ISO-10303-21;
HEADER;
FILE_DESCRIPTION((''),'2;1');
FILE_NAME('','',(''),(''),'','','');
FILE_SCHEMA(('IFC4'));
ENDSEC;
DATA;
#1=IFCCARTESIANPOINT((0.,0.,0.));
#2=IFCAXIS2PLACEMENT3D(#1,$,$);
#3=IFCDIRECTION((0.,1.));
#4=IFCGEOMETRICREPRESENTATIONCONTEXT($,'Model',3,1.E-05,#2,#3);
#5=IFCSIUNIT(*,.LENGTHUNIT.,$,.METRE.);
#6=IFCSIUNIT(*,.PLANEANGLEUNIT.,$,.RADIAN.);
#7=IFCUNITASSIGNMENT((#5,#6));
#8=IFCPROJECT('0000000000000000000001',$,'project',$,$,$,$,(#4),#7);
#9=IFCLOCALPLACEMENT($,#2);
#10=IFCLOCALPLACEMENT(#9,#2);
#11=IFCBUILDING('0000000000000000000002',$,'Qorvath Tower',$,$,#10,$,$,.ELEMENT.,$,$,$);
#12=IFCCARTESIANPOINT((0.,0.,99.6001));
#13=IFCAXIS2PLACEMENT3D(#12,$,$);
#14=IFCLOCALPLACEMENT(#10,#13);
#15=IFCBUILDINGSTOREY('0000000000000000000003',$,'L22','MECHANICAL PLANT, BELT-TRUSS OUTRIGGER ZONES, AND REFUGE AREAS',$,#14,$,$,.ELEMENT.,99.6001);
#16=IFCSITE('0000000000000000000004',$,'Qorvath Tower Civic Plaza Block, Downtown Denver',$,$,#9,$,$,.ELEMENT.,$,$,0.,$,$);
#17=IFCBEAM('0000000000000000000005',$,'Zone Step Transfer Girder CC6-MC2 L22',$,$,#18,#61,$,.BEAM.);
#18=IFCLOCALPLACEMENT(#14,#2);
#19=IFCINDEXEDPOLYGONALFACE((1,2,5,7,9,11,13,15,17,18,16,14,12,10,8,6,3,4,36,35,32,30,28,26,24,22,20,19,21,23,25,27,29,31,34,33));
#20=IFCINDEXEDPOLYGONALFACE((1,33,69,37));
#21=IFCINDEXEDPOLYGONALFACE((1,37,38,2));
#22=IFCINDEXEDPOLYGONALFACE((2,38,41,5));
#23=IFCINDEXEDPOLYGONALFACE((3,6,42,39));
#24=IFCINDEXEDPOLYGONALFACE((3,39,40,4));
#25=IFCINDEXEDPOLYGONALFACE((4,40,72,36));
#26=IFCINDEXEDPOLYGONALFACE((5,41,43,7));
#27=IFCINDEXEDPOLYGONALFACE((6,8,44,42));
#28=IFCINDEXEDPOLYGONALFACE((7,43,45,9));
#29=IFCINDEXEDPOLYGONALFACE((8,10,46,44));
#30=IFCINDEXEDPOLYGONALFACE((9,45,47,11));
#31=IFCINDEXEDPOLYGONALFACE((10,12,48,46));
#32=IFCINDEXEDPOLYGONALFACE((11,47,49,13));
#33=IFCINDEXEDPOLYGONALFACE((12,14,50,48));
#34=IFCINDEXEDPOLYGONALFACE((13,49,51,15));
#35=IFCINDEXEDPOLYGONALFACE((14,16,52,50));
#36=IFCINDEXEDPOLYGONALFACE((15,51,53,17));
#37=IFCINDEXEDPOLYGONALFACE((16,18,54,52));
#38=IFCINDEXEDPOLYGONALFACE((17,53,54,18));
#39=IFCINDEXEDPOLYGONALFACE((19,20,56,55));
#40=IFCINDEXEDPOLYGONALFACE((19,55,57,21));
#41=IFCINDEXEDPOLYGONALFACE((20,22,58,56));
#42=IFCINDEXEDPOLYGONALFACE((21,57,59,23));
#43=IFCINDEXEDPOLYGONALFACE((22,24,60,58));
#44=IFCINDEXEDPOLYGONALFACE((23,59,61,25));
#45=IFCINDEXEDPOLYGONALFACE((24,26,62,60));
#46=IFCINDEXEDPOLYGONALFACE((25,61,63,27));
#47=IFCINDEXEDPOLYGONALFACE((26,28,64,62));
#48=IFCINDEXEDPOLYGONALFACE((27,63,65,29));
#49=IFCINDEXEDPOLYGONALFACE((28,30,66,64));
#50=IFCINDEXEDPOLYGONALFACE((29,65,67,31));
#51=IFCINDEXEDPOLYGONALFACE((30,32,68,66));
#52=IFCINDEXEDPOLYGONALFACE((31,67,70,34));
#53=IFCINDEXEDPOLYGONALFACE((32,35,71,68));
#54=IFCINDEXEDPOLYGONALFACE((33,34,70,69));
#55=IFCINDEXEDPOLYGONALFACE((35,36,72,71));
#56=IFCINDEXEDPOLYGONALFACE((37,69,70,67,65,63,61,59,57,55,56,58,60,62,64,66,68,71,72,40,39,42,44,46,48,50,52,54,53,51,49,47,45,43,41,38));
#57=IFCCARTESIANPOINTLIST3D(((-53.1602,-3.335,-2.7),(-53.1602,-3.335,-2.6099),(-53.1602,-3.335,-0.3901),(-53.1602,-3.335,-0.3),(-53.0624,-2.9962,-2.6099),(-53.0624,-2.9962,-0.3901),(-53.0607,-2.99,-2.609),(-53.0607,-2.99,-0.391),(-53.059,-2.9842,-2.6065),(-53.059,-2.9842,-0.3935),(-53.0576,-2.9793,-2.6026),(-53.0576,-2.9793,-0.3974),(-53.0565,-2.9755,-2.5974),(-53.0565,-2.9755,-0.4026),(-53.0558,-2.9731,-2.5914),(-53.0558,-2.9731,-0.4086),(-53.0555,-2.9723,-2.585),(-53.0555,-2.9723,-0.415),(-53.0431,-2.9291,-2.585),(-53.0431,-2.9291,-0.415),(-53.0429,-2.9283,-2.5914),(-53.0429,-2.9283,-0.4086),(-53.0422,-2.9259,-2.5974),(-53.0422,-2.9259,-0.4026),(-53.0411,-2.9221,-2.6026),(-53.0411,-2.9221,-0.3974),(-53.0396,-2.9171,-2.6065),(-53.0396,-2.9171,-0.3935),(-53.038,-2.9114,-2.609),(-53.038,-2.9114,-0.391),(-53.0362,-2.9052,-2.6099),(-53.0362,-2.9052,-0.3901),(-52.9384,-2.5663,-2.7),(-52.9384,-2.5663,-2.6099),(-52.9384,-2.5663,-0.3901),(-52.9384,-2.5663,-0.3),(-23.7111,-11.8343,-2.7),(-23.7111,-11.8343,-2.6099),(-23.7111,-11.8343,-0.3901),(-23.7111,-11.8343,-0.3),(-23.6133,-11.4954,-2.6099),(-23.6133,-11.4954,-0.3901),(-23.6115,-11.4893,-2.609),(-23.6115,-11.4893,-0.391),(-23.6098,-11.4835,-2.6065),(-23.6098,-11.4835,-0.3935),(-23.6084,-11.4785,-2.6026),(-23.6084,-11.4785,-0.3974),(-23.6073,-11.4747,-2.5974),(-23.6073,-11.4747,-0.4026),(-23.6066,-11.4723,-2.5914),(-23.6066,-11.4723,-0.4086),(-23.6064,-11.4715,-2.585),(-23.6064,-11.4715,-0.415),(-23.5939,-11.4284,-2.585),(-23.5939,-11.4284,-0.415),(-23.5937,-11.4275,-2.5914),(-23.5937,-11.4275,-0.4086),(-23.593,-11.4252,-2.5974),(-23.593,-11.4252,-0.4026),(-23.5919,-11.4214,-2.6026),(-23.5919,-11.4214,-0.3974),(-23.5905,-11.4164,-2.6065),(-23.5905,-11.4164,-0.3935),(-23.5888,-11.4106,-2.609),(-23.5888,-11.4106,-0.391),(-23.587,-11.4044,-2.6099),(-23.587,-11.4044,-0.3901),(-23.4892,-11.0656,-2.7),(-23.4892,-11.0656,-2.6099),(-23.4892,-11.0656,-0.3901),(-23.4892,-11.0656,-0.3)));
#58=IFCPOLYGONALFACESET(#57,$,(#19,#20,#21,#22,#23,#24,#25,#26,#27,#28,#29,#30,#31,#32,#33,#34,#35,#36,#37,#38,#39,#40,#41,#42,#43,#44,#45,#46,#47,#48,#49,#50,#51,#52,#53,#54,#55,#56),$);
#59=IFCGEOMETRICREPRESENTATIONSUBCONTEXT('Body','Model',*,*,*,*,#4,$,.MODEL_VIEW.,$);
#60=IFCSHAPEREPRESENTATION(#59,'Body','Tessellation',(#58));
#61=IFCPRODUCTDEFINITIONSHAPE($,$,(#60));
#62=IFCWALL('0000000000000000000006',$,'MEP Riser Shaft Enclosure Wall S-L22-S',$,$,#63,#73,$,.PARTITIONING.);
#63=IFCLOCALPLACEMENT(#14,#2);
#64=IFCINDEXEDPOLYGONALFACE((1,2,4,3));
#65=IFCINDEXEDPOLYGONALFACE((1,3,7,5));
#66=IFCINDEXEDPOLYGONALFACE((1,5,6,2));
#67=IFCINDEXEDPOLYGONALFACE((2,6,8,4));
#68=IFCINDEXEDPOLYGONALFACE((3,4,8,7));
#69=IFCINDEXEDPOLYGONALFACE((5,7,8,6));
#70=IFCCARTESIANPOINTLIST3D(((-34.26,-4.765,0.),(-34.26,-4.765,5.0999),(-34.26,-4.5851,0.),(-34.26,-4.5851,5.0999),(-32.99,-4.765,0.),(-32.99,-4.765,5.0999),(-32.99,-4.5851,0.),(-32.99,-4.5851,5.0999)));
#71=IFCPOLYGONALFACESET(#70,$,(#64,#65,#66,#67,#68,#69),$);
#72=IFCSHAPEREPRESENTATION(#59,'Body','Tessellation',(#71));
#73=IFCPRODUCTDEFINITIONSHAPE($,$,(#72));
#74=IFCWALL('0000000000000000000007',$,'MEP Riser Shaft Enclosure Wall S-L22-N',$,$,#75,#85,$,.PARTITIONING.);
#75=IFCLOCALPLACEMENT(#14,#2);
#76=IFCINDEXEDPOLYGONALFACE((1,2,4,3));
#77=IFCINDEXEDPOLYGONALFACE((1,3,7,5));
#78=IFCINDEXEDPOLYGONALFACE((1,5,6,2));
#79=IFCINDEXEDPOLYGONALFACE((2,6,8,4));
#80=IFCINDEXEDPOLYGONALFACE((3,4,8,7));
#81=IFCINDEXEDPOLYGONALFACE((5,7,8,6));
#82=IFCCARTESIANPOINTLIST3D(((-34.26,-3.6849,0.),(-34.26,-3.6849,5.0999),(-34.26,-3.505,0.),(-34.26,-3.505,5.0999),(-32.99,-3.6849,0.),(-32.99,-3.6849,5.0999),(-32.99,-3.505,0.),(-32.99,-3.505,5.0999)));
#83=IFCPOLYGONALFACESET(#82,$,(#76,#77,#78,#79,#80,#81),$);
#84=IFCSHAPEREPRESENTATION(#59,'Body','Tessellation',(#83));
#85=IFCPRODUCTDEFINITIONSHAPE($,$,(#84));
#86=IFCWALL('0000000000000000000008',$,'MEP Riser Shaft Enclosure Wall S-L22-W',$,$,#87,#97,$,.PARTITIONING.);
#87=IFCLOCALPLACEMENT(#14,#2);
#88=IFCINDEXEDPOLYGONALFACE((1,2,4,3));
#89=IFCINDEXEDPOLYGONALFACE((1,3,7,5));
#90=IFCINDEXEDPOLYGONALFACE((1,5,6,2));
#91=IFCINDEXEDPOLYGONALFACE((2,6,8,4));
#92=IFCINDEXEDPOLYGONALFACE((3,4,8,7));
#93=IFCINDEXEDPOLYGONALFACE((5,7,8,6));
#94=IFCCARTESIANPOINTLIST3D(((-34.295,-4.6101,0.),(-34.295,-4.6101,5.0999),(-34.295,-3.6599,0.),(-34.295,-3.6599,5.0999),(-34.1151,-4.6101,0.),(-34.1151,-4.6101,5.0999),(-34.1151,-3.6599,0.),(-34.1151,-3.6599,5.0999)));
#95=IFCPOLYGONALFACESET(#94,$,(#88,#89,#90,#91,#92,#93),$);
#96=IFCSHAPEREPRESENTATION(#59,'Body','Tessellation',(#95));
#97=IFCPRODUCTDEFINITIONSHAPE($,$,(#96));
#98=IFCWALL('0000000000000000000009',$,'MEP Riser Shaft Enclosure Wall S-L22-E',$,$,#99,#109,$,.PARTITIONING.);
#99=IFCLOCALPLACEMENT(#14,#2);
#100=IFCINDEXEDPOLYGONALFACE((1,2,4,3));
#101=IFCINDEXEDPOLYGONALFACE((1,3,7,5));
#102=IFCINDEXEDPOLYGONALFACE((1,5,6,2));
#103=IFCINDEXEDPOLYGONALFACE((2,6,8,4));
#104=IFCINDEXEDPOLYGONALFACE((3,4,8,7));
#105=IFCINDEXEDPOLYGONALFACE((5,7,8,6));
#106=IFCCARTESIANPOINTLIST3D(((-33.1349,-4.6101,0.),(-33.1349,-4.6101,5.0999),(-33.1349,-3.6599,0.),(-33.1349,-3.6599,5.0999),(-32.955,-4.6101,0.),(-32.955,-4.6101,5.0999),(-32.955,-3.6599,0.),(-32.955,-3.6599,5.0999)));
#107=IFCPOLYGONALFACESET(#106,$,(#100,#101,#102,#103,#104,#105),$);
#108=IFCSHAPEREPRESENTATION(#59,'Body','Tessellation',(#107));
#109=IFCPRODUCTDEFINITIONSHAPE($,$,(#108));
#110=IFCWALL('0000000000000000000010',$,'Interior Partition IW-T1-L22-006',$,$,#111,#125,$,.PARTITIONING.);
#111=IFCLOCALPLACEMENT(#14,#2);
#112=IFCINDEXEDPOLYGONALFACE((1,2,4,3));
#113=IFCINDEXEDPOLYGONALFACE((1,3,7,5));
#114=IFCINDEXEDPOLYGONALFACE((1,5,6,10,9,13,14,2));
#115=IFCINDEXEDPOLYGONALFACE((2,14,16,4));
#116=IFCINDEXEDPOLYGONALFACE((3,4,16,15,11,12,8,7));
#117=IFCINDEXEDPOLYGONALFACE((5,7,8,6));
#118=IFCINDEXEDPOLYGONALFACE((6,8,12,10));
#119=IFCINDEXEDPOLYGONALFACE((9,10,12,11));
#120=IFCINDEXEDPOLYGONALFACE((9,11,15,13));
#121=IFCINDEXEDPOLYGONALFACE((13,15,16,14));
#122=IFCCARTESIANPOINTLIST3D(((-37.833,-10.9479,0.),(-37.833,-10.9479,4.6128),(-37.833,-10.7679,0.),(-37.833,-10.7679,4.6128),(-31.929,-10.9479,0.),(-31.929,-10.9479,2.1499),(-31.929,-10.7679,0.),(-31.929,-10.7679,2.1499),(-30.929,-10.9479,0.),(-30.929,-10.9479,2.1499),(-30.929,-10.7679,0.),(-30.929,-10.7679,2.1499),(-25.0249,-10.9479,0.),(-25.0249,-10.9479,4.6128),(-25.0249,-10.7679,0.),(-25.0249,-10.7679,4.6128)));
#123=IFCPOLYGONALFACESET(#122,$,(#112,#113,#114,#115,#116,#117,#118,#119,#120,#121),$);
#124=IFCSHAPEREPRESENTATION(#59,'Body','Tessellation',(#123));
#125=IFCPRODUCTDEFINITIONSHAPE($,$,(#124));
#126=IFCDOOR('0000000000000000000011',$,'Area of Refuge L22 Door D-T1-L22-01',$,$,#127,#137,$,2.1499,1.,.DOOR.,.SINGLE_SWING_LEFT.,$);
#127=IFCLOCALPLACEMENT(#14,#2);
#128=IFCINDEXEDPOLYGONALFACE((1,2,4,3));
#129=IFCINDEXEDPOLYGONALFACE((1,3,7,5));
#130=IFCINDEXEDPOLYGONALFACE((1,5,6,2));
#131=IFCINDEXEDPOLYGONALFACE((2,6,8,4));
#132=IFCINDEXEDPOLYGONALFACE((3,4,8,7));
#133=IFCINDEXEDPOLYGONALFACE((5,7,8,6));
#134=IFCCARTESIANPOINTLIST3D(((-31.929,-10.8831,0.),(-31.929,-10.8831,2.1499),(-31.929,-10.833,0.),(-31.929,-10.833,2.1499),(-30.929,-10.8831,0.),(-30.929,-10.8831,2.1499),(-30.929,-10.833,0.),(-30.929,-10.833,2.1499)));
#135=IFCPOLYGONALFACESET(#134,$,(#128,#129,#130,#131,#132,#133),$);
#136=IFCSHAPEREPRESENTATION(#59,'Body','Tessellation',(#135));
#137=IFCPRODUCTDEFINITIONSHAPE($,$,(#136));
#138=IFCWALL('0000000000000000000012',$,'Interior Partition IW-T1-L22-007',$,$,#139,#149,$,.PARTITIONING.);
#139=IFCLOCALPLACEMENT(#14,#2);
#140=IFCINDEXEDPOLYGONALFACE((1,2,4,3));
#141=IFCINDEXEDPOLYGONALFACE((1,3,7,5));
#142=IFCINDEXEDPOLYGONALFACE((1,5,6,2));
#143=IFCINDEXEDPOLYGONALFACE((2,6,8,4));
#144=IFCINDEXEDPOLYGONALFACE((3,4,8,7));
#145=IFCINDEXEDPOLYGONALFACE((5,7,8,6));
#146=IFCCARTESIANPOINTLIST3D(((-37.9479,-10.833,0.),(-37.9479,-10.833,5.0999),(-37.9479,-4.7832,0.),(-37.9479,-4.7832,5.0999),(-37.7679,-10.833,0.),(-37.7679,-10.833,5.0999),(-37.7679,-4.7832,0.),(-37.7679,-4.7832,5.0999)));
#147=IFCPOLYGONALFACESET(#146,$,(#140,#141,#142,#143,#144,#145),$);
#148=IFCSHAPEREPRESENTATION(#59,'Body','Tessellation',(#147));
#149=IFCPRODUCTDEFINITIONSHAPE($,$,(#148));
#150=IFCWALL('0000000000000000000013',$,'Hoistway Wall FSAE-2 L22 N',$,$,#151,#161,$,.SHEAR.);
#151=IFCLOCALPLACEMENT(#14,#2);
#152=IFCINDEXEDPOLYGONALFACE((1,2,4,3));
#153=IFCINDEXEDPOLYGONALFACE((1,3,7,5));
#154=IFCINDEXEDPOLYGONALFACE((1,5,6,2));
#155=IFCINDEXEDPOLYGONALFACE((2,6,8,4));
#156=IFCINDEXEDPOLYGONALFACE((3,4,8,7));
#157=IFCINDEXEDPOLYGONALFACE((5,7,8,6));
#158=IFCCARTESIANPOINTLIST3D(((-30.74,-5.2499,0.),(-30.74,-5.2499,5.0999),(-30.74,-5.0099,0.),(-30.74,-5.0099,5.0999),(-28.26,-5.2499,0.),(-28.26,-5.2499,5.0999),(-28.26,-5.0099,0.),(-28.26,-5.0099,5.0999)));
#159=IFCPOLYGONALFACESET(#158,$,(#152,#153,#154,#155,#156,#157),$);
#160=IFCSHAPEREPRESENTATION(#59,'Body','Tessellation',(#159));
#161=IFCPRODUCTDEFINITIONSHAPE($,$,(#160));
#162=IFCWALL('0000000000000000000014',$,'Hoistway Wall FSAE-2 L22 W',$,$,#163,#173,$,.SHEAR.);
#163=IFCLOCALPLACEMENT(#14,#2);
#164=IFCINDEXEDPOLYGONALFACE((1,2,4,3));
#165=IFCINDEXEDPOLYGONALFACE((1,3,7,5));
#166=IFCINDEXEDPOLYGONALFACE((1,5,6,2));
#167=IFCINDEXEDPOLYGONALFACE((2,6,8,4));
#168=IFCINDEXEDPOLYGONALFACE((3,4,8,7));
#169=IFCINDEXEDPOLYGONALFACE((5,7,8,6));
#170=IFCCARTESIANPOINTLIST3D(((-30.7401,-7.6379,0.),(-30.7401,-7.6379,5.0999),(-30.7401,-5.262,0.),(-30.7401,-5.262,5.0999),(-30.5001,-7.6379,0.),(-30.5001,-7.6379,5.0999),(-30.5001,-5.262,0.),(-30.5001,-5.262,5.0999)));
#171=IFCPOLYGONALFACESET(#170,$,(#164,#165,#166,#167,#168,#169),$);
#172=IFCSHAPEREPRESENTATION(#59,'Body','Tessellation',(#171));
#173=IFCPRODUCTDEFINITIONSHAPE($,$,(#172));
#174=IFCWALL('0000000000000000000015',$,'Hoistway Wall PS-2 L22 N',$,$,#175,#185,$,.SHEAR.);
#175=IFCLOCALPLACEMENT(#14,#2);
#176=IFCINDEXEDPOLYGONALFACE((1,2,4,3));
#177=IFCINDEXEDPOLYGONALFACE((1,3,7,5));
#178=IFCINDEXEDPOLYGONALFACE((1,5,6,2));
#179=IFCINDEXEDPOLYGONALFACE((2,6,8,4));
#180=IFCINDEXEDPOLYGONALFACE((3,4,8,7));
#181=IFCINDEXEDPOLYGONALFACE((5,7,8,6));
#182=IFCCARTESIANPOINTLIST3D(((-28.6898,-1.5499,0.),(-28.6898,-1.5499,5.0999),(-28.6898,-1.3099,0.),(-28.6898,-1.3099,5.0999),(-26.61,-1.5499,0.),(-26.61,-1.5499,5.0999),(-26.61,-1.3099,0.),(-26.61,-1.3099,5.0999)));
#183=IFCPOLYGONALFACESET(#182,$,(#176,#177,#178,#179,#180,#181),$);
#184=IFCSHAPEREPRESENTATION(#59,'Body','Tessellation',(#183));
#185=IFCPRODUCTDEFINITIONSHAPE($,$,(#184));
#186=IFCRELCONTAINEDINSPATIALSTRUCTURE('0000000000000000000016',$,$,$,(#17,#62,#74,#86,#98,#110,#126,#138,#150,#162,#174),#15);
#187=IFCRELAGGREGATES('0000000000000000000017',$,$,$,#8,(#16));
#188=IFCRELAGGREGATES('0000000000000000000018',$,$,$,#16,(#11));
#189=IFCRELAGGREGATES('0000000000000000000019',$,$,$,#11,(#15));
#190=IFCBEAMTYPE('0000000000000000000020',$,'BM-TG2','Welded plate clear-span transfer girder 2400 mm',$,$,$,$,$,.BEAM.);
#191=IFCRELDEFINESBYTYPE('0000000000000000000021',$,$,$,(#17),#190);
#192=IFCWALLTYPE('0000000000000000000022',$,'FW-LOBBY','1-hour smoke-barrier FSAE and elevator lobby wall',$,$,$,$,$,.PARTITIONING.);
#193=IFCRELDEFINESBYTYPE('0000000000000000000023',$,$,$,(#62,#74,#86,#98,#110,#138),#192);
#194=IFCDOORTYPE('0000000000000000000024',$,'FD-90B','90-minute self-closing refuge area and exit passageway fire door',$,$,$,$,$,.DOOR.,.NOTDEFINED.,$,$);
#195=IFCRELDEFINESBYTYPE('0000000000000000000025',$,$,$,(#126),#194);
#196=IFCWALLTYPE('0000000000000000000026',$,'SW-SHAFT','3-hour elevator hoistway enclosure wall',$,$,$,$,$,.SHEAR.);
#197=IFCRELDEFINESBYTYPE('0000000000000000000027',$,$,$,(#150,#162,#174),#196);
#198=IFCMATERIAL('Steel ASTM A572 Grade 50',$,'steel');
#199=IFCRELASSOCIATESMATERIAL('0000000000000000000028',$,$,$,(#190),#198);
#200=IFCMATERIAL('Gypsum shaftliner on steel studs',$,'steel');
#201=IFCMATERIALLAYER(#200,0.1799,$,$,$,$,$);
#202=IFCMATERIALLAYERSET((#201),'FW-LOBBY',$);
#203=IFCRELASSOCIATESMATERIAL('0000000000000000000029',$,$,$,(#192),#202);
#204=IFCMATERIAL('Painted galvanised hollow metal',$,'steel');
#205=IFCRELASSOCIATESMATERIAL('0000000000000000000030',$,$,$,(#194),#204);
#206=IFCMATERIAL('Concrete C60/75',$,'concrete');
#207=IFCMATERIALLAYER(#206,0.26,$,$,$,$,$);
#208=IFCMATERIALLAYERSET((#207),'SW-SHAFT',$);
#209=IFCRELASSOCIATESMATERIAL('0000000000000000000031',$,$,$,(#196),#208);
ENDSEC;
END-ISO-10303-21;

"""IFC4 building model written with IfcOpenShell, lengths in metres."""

from ifc_helpers import new_model, si_unit, direction, frame, frame_2d, origin, origin_2d, place, context, subcontext, project, spatial, rectangle, i_section, extrude, material, layer, layer_set, material_profile, profile_set, type_object, element, fill, save


model = new_model("IFC4")

# Units and contexts
model_context = context("Model", 3, precision=1e-05, world=origin(), true_north=direction((0.0, 1.0)))
body_context = subcontext(model_context, "Body", "Model", "MODEL_VIEW")
ifc_project = project(units=[si_unit("LENGTHUNIT", "METRE"), si_unit("PLANEANGLEUNIT", "RADIAN")], contexts=[model_context])

# Site, building, storey
site_placement = place(None, origin())
site = spatial("IfcSite", under=ifc_project, at=site_placement, Name="Qorvath Tower Civic Plaza Block, Downtown Denver", CompositionType="ELEMENT", RefElevation=0.0)
building_placement = place(site_placement, origin())
building = spatial("IfcBuilding", under=site, at=building_placement, Name="Qorvath Tower", CompositionType="ELEMENT")
storey_placement = place(building_placement, frame((0.0, 0.0, 99.6001)))
storey = spatial("IfcBuildingStorey", under=building, at=storey_placement, Name="L22", Description="MECHANICAL PLANT, BELT-TRUSS OUTRIGGER ZONES, AND REFUGE AREAS", CompositionType="ELEMENT", Elevation=99.6001)

# Beam
ifc_material_1 = material(Name="Steel ASTM A572 Grade 50", Category="steel")
ifc_material_profile_1 = material_profile(ifc_material_1, i_section(OverallWidth=0.8, OverallDepth=2.3999, WebThickness=0.0449, FlangeThickness=0.0901, FilletRadius=0.0249, at=origin_2d()), Name="WTG 2400x800")
ifc_profile_set_1 = profile_set([ifc_material_profile_1], Name="Steel ASTM A572 Grade 50")
beam_type_1 = type_object("IfcBeamType", Name="BM-TG2", Description="Welded plate clear-span transfer girder 2400 mm", PredefinedType="BEAM", material=ifc_profile_set_1)
beam_1_placement = place(storey_placement, frame((-53.0493, -2.9507, -1.5), z_axis=(0.960786, -0.27729, 0.0), x_axis=(0.27729, 0.960786, 0.0)))
element("IfcBeam", 1, at=beam_1_placement, inside=storey, type_object=beam_type_1, Name="Zone Step Transfer Girder CC6-MC2 L22", PredefinedType="BEAM", context=body_context, shape_type="SweptSolid", body=[
    extrude(i_section(OverallWidth=0.8, OverallDepth=2.3999, WebThickness=0.0449, FlangeThickness=0.0901, FilletRadius=0.0249, at=origin_2d()), origin(), (0.0, 0.0, 1.0), 30.6511),
])

# Walls
ifc_material_2 = material(Name="Gypsum shaftliner on steel studs", Category="steel")
ifc_layer_1 = layer(ifc_material_2, 0.1799)
ifc_layer_set_1 = layer_set([ifc_layer_1], Name="FW-LOBBY")
wall_type_1 = type_object("IfcWallType", Name="FW-LOBBY", Description="1-hour smoke-barrier FSAE and elevator lobby wall", PredefinedType="PARTITIONING", material=ifc_layer_set_1)
for number, where, z_axis, x_axis, name in (
    (2, (-32.99, -4.675, 0.0), (0.0, 0.0, 1.0), (-1.0, 0.0, 0.0), "MEP Riser Shaft Enclosure Wall S-L22-S"),
    (3, (-34.26, -3.595, 0.0), (0.0, 0.0, 1.0), (1.0, 0.0, 0.0), "MEP Riser Shaft Enclosure Wall S-L22-N"),
):
    element("IfcWall", number, at=place(storey_placement, frame(where, z_axis=z_axis, x_axis=x_axis)), inside=storey, type_object=wall_type_1, Name=name, PredefinedType="PARTITIONING", context=body_context, shape_type="SweptSolid", body=[
        extrude(rectangle(XDim=1.27, YDim=0.1799, at=frame_2d((0.635, 0.0))), origin(), (0.0, 0.0, 1.0), 5.0999),
    ])
for number, where, z_axis, x_axis, name in (
    (4, (-34.2051, -4.6101, 0.0), (0.0, 0.0, 1.0), (0.0, 1.0, 0.0), "MEP Riser Shaft Enclosure Wall S-L22-W"),
    (5, (-33.0449, -3.6599, 0.0), (0.0, 0.0, 1.0), (0.0, -1.0, 0.0), "MEP Riser Shaft Enclosure Wall S-L22-E"),
):
    element("IfcWall", number, at=place(storey_placement, frame(where, z_axis=z_axis, x_axis=x_axis)), inside=storey, type_object=wall_type_1, Name=name, PredefinedType="PARTITIONING", context=body_context, shape_type="SweptSolid", body=[
        extrude(rectangle(XDim=0.9502, YDim=0.1799, at=frame_2d((0.4751, 0.0))), origin(), (0.0, 0.0, 1.0), 5.0999),
    ])

# Wall, opening, door
wall_1_placement = place(storey_placement, frame((-37.833, -10.8579, 0.0), z_axis=(0.0, 0.0, 1.0), x_axis=(1.0, 0.0, 0.0)))
wall_1 = element("IfcWall", 6, at=wall_1_placement, inside=storey, type_object=wall_type_1, Name="Interior Partition IW-T1-L22-006", PredefinedType="PARTITIONING", context=body_context, shape_type="SweptSolid", body=[
    extrude(rectangle(XDim=12.8081, YDim=0.1799, at=frame_2d((6.4041, 0.0))), origin(), (0.0, 0.0, 1.0), 4.6128),
])
opening_1_placement = place(wall_1_placement, frame((5.9041, 0.0, 0.0)))
opening_1 = element("IfcOpeningElement", 7, at=opening_1_placement, cuts=wall_1, PredefinedType="OPENING", context=body_context, shape_type="SweptSolid", body=[
    extrude(rectangle(XDim=1.0, YDim=2.1499, at=frame_2d((0.5, 1.075))), frame((0.0, 0.1001, 0.0), z_axis=(0.0, -1.0, 0.0), x_axis=(1.0, 0.0, 0.0)), (0.0, 0.0, 1.0), 0.2),
])
ifc_material_3 = material(Name="Painted galvanised hollow metal", Category="steel")
door_type_1 = type_object("IfcDoorType", Name="FD-90B", Description="90-minute self-closing refuge area and exit passageway fire door", OperationType="NOTDEFINED", PredefinedType="DOOR", material=ifc_material_3)
door_1_placement = place(opening_1_placement, origin())
door_1 = element("IfcDoor", 8, at=door_1_placement, inside=storey, type_object=door_type_1, Name="Area of Refuge L22 Door D-T1-L22-01", OperationType="SINGLE_SWING_LEFT", OverallHeight=2.1499, OverallWidth=1.0, PredefinedType="DOOR", context=body_context, shape_type="SweptSolid", body=[
    extrude(rectangle(XDim=1.0, YDim=2.1499, at=frame_2d((0.5, 1.075))), frame((0.0, 0.0249, 0.0), z_axis=(0.0, -1.0, 0.0), x_axis=(1.0, 0.0, 0.0)), (0.0, 0.0, 1.0), 0.05),
])
fill(opening_1, door_1)

# Walls
wall_2_placement = place(storey_placement, frame((-37.8579, -10.833, 0.0), z_axis=(0.0, 0.0, 1.0), x_axis=(0.0, 1.0, 0.0)))
element("IfcWall", 9, at=wall_2_placement, inside=storey, type_object=wall_type_1, Name="Interior Partition IW-T1-L22-007", PredefinedType="PARTITIONING", context=body_context, shape_type="SweptSolid", body=[
    extrude(rectangle(XDim=6.0498, YDim=0.1799, at=frame_2d((3.0249, 0.0))), origin(), (0.0, 0.0, 1.0), 5.0999),
])
ifc_material_4 = material(Name="Concrete C60/75", Category="concrete")
ifc_layer_2 = layer(ifc_material_4, 0.26)
ifc_layer_set_2 = layer_set([ifc_layer_2], Name="SW-SHAFT")
wall_type_2 = type_object("IfcWallType", Name="SW-SHAFT", Description="3-hour elevator hoistway enclosure wall", PredefinedType="SHEAR", material=ifc_layer_set_2)
wall_3_placement = place(storey_placement, frame((-30.74, -5.1299, 0.0), z_axis=(0.0, 0.0, 1.0), x_axis=(1.0, 0.0, 0.0)))
element("IfcWall", 10, at=wall_3_placement, inside=storey, type_object=wall_type_2, Name="Hoistway Wall FSAE-2 L22 N", PredefinedType="SHEAR", context=body_context, shape_type="SweptSolid", body=[
    extrude(rectangle(XDim=2.48, YDim=0.24, at=frame_2d((1.24, 0.0))), origin(), (0.0, 0.0, 1.0), 5.0999),
])
wall_4_placement = place(storey_placement, frame((-30.6201, -7.6379, 0.0), z_axis=(0.0, 0.0, 1.0), x_axis=(0.0, 1.0, 0.0)))
element("IfcWall", 11, at=wall_4_placement, inside=storey, type_object=wall_type_2, Name="Hoistway Wall FSAE-2 L22 W", PredefinedType="SHEAR", context=body_context, shape_type="SweptSolid", body=[
    extrude(rectangle(XDim=2.376, YDim=0.24, at=frame_2d((1.188, 0.0))), origin(), (0.0, 0.0, 1.0), 5.0999),
])
wall_5_placement = place(storey_placement, frame((-28.6899, -1.4299, 0.0), z_axis=(0.0, 0.0, 1.0), x_axis=(1.0, 0.0, 0.0)))
element("IfcWall", 12, at=wall_5_placement, inside=storey, type_object=wall_type_2, Name="Hoistway Wall PS-2 L22 N", PredefinedType="SHEAR", context=body_context, shape_type="SweptSolid", body=[
    extrude(rectangle(XDim=2.0798, YDim=0.24, at=frame_2d((1.04, 0.0))), origin(), (0.0, 0.0, 1.0), 5.0999),
])

save(model, "model.ifc")
